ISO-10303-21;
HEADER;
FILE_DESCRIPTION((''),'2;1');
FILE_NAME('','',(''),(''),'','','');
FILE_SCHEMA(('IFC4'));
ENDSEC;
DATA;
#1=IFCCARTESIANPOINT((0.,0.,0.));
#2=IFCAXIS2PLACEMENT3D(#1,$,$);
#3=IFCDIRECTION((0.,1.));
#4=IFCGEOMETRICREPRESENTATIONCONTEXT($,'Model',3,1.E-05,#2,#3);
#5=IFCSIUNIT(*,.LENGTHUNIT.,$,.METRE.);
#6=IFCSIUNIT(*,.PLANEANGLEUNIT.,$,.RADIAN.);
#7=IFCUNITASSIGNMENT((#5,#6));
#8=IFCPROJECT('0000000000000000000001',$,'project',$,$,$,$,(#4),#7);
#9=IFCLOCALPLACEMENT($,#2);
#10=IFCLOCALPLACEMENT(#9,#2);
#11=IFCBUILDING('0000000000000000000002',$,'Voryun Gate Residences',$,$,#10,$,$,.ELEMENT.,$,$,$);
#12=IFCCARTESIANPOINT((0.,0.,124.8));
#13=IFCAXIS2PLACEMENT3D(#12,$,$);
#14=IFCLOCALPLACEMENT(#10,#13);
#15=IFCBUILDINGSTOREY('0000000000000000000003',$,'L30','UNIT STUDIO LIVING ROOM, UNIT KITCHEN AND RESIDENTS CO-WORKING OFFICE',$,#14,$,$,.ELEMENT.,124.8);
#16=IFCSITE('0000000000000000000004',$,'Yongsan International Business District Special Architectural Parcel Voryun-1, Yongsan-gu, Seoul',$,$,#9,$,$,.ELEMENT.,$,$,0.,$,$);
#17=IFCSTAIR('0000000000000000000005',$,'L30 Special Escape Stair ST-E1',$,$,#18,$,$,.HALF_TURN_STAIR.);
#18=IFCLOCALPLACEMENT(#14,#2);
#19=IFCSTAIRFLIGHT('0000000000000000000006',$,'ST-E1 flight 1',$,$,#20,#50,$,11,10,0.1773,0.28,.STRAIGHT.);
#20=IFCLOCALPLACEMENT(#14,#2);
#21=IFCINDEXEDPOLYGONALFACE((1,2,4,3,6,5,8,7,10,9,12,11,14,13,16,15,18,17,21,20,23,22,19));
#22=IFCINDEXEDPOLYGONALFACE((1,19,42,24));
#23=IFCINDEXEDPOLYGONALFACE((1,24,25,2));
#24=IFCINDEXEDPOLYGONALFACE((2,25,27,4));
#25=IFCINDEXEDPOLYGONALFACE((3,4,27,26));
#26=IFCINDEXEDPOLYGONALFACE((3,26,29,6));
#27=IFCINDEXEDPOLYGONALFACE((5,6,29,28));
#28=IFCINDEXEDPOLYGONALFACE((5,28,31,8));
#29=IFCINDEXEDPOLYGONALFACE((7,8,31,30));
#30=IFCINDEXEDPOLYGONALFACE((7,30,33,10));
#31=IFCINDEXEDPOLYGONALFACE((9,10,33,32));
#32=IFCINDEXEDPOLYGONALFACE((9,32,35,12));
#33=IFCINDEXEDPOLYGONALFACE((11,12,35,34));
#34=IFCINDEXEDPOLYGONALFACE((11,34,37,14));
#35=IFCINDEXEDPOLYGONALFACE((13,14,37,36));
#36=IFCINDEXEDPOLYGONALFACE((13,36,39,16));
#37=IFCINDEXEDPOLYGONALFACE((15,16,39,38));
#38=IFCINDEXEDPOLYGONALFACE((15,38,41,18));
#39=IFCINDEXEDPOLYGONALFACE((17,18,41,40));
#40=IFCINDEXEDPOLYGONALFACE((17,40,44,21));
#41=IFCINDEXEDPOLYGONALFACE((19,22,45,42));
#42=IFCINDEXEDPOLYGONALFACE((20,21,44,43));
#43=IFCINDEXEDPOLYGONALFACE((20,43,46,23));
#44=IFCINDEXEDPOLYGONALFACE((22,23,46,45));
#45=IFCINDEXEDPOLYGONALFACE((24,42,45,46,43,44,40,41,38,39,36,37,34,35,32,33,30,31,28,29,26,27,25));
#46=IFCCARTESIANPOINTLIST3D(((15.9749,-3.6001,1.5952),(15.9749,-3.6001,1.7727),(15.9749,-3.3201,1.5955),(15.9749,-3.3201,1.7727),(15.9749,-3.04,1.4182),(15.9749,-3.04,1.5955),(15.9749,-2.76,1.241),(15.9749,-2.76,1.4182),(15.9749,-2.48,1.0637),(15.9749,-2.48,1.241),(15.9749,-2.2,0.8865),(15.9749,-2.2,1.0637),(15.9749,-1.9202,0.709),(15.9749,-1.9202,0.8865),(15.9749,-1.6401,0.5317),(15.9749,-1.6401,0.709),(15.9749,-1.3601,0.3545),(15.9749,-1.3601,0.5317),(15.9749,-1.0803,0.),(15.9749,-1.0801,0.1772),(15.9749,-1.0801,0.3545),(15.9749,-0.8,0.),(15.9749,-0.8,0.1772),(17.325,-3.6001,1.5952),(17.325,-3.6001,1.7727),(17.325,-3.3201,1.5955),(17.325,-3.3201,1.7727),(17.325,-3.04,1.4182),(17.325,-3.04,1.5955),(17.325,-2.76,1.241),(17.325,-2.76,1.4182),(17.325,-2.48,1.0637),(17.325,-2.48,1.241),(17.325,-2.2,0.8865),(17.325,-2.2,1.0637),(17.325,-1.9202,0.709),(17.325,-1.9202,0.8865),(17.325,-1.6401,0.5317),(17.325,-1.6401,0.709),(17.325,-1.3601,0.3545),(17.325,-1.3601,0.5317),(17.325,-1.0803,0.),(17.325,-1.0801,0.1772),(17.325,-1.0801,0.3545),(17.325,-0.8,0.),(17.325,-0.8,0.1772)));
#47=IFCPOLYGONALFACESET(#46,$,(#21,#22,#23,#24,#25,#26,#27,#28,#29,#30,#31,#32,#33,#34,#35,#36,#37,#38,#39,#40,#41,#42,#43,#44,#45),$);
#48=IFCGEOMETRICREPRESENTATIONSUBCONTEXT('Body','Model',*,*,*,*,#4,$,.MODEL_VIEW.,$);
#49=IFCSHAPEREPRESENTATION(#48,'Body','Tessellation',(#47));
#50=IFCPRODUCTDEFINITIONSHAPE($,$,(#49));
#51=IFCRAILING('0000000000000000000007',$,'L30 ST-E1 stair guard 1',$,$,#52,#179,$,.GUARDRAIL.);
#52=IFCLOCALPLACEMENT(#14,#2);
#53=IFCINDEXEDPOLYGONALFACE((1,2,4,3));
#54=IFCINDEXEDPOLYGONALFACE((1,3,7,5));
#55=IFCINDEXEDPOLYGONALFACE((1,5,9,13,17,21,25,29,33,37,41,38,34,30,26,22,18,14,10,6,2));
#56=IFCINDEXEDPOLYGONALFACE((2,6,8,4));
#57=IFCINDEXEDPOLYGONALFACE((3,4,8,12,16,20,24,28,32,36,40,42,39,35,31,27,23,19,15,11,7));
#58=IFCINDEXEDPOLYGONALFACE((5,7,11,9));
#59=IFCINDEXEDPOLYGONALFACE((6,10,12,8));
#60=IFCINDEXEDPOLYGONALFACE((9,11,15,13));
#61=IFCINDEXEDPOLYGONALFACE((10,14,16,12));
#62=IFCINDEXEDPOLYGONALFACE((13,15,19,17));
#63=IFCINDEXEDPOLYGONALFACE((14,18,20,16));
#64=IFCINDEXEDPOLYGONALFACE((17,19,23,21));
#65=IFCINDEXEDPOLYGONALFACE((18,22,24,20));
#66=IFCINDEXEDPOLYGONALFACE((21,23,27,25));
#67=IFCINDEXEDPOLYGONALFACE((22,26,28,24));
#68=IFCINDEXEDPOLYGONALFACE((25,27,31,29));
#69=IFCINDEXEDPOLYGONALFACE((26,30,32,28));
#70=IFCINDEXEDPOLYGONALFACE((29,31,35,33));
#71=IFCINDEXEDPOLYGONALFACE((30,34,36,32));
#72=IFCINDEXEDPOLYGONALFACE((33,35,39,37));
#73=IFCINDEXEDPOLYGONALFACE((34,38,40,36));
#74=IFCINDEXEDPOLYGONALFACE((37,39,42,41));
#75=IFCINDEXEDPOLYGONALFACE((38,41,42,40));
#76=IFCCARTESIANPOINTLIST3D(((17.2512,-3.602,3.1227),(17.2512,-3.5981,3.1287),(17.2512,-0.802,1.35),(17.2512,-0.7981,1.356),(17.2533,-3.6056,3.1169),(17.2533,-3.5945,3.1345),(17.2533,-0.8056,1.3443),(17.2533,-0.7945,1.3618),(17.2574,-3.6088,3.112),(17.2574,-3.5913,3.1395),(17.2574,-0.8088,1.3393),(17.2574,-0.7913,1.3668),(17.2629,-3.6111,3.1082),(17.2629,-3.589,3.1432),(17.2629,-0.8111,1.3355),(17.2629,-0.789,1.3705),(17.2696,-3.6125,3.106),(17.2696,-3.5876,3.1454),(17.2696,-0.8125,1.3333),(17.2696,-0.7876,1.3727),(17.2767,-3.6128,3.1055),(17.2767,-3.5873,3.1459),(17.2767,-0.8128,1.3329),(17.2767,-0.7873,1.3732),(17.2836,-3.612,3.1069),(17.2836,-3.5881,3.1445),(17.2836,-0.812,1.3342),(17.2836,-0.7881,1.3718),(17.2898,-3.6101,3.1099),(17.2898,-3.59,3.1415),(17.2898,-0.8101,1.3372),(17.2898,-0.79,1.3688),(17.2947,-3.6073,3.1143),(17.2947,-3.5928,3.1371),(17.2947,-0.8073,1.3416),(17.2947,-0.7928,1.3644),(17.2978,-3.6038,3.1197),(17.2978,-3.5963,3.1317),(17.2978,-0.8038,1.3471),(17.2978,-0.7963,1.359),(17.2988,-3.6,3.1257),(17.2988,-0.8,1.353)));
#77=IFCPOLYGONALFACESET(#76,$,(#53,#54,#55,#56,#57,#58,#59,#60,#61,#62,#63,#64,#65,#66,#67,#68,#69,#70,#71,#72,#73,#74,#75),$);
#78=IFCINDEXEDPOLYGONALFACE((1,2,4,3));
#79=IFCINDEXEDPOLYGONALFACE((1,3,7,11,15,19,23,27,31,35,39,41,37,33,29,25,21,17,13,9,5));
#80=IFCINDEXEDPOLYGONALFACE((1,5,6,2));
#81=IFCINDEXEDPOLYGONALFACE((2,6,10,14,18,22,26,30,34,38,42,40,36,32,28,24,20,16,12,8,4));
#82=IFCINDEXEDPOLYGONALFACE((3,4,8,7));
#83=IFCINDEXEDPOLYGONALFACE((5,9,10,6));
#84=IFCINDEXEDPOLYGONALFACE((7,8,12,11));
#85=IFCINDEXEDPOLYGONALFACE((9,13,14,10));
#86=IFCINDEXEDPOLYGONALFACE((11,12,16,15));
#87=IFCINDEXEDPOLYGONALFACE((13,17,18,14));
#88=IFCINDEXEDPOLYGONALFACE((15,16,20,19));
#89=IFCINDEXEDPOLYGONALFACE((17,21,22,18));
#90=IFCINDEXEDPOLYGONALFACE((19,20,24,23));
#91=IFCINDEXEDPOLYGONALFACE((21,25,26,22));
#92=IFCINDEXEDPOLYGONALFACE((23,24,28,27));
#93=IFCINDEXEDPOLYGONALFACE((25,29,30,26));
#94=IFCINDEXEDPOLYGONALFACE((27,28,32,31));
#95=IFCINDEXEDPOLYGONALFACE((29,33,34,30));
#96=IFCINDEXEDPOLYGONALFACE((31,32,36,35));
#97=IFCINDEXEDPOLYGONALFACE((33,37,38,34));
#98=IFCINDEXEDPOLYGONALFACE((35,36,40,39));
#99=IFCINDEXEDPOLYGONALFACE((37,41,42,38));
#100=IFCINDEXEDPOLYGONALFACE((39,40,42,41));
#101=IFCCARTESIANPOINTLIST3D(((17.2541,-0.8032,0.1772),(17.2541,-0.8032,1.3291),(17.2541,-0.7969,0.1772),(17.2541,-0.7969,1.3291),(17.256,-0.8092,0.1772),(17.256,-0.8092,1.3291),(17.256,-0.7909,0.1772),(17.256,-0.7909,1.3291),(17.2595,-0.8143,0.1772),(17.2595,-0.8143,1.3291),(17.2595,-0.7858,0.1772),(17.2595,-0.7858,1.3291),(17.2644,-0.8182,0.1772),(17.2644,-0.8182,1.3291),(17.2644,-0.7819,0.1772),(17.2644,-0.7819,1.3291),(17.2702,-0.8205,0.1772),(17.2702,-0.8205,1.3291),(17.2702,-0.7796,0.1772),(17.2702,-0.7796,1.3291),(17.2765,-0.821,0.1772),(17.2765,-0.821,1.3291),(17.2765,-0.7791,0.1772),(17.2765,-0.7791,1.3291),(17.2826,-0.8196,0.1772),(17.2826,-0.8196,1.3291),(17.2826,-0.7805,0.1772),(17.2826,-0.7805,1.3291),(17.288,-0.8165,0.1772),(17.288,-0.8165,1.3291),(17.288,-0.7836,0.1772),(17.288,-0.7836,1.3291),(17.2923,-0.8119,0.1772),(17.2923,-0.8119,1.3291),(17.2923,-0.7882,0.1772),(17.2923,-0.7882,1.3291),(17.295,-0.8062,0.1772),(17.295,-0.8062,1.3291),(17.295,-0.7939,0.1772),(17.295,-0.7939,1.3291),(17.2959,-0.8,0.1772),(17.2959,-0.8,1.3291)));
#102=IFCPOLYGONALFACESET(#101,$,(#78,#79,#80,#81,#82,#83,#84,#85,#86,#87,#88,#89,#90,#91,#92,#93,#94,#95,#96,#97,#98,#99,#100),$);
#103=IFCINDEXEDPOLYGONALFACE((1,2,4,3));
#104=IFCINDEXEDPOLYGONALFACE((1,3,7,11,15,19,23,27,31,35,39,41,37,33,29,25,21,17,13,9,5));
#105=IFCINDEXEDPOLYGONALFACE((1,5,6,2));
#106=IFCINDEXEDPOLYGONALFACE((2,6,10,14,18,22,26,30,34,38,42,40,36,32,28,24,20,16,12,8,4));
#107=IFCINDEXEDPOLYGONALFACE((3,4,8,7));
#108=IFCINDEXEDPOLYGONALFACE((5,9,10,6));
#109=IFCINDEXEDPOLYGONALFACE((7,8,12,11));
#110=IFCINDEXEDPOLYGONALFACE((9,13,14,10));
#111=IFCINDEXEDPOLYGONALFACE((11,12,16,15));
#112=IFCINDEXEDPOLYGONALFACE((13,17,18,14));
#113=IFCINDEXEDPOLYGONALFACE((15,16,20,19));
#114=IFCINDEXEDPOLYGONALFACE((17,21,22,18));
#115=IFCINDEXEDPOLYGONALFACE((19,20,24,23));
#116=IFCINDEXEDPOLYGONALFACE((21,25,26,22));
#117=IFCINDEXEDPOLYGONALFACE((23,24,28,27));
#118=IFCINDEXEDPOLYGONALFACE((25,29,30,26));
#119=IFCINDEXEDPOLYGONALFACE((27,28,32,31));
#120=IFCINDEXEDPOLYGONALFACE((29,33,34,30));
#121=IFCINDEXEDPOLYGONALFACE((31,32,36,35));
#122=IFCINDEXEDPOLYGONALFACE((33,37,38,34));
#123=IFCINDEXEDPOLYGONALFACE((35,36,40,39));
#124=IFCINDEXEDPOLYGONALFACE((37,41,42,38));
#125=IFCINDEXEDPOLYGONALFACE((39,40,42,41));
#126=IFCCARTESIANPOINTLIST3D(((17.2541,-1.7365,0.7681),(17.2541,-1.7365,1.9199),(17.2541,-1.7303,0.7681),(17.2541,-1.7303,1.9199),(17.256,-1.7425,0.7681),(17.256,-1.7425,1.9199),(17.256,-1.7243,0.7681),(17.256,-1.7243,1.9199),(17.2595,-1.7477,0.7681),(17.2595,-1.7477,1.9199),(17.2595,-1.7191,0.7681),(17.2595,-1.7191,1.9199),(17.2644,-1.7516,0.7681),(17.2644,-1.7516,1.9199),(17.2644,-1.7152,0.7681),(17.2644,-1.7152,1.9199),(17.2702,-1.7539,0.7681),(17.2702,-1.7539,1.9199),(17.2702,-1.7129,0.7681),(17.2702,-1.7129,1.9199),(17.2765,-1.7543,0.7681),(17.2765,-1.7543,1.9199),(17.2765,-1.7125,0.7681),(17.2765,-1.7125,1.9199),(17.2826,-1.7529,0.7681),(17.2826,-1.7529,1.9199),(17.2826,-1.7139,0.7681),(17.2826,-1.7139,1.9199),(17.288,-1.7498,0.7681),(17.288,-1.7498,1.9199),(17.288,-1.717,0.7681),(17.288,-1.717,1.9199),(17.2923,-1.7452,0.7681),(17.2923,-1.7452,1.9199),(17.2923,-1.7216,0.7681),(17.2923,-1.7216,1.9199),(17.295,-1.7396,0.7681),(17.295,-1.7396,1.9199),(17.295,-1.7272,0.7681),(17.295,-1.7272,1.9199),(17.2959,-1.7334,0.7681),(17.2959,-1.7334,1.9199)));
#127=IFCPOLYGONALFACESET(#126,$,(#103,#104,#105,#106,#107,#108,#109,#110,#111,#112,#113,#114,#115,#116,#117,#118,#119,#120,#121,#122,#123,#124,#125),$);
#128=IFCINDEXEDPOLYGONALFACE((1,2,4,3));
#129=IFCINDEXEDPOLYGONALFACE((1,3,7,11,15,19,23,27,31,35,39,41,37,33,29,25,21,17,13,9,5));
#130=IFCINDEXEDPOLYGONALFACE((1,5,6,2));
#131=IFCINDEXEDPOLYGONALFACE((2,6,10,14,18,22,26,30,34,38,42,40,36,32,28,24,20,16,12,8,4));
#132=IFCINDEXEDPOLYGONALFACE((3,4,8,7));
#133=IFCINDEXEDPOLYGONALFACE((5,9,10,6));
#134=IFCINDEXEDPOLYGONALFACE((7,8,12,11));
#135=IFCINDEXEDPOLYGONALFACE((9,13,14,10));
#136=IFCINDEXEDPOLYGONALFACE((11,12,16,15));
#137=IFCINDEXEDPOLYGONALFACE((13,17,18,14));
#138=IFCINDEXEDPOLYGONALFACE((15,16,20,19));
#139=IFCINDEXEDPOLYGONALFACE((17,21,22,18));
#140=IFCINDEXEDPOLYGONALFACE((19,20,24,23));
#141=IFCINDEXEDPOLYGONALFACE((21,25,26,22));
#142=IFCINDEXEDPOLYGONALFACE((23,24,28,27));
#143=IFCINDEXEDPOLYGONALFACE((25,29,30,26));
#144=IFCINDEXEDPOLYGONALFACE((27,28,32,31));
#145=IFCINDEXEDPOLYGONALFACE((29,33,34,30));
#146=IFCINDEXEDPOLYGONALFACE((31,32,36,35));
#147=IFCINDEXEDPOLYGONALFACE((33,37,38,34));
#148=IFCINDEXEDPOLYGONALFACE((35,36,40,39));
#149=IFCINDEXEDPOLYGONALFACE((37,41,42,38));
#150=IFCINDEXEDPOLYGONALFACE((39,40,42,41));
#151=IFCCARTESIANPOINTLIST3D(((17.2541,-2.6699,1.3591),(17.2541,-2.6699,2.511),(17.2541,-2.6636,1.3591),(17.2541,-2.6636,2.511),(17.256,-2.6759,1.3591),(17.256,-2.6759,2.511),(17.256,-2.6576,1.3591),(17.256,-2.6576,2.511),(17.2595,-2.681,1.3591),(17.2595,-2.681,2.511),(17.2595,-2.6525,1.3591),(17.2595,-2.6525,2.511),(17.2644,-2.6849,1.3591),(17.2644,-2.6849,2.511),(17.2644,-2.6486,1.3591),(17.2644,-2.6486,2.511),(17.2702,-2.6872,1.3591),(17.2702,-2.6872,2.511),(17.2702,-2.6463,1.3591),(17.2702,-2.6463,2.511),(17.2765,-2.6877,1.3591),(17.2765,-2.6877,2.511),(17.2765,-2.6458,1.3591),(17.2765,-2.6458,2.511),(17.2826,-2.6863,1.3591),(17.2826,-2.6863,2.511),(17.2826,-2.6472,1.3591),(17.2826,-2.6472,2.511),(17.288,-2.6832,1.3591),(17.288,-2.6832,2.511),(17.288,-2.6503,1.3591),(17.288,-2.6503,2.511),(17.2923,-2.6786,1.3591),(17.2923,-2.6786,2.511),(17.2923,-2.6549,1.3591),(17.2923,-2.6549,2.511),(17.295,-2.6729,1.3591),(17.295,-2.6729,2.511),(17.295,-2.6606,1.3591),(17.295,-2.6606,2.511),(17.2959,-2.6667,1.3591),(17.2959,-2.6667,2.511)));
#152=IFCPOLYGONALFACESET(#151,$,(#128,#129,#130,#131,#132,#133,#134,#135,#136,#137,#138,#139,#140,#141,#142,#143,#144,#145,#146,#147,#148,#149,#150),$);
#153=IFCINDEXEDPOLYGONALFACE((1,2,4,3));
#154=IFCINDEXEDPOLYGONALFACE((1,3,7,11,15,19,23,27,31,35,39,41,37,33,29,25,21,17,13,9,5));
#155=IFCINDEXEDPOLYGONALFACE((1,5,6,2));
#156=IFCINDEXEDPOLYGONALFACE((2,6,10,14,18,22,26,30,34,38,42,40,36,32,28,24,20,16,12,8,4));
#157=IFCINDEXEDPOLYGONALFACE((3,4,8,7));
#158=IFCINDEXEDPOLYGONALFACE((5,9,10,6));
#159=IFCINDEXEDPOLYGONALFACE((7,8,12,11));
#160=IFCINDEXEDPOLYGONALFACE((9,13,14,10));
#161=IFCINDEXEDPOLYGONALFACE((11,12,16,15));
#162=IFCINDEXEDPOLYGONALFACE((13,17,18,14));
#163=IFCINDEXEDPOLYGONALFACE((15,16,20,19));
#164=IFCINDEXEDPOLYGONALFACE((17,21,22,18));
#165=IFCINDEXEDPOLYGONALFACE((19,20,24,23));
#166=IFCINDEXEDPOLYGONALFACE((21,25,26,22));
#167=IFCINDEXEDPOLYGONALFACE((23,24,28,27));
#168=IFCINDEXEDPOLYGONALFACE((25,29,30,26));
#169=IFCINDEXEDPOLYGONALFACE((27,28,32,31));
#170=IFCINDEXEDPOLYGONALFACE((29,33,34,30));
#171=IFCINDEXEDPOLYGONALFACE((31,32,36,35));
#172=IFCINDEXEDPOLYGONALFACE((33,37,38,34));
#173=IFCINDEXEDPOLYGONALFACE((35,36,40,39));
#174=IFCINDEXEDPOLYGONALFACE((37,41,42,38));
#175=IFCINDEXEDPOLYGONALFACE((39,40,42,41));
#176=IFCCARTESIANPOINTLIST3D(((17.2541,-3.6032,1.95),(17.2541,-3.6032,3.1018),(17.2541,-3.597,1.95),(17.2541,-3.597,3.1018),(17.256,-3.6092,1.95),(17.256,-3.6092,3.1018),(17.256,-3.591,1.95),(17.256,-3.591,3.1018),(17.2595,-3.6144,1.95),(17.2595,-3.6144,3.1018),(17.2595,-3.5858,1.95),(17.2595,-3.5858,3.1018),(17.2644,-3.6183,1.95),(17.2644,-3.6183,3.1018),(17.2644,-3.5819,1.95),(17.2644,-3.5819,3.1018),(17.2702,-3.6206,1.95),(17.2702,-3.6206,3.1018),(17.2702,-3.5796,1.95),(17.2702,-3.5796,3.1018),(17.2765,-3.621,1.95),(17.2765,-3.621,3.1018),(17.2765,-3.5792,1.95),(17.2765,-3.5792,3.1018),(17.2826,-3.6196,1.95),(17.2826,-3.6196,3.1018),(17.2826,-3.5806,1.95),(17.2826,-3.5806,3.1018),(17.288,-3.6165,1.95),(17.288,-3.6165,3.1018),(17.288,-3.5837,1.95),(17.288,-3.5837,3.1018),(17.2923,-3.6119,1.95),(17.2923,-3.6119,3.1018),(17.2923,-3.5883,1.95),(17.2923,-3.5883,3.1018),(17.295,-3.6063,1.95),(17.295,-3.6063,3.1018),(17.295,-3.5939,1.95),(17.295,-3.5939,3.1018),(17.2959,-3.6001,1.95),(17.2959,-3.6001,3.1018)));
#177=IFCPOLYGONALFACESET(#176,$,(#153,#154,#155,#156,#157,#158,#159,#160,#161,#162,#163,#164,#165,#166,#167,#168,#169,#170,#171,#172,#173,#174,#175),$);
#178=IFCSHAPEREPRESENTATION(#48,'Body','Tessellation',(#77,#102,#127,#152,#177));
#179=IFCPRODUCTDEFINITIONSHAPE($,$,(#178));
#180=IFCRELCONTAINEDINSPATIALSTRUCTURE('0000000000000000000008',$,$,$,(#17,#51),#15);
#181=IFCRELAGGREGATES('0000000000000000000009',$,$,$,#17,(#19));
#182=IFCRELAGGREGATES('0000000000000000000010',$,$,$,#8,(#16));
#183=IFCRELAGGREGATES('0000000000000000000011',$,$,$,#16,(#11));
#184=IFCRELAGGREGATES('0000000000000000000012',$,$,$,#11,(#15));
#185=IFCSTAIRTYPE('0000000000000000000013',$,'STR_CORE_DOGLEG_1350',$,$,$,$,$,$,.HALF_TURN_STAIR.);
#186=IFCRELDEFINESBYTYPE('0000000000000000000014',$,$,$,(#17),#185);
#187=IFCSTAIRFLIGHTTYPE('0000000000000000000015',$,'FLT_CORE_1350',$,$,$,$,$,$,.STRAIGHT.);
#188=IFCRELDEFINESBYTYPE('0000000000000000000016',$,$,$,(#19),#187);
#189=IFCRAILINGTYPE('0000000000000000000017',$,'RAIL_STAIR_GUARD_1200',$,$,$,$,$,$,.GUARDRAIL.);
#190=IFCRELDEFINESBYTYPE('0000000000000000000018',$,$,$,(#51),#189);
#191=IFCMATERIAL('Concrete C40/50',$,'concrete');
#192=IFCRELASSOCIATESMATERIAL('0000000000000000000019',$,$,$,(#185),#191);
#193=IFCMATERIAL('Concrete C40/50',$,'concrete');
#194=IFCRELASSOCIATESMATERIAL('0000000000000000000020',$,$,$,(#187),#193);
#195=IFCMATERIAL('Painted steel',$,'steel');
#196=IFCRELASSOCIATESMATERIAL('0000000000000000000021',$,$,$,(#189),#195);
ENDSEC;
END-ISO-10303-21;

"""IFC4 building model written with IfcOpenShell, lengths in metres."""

from ifc_helpers import new_model, si_unit, direction, frame, origin, origin_2d, place, context, subcontext, project, spatial, polyline, circle, outline, extrude, material, type_object, element, aggregate, save


model = new_model("IFC4")

# Units and contexts
model_context = context("Model", 3, precision=1e-05, world=origin(), true_north=direction((0.0, 1.0)))
body_context = subcontext(model_context, "Body", "Model", "MODEL_VIEW")
ifc_project = project(units=[si_unit("LENGTHUNIT", "METRE"), si_unit("PLANEANGLEUNIT", "RADIAN")], contexts=[model_context])

# Site, building, storey
site_placement = place(None, origin())
site = spatial("IfcSite", under=ifc_project, at=site_placement, Name="Yongsan International Business District Special Architectural Parcel Voryun-1, Yongsan-gu, Seoul", CompositionType="ELEMENT", RefElevation=0.0)
building_placement = place(site_placement, origin())
building = spatial("IfcBuilding", under=site, at=building_placement, Name="Voryun Gate Residences", CompositionType="ELEMENT")
storey_placement = place(building_placement, frame((0.0, 0.0, 124.8)))
storey = spatial("IfcBuildingStorey", under=building, at=storey_placement, Name="L30", Description="UNIT STUDIO LIVING ROOM, UNIT KITCHEN AND RESIDENTS CO-WORKING OFFICE", CompositionType="ELEMENT", Elevation=124.8)

# Stair, stair flight
ifc_material_1 = material(Name="Concrete C40/50", Category="concrete")
stair_type = type_object("IfcStairType", Name="STR_CORE_DOGLEG_1350", PredefinedType="HALF_TURN_STAIR", material=ifc_material_1)
stair_placement = place(storey_placement, origin())
stair = element("IfcStair", 1, at=stair_placement, inside=storey, type_object=stair_type, Name="L30 Special Escape Stair ST-E1", PredefinedType="HALF_TURN_STAIR")
ifc_material_2 = material(Name="Concrete C40/50", Category="concrete")
stair_flight_type = type_object("IfcStairFlightType", Name="FLT_CORE_1350", PredefinedType="STRAIGHT", material=ifc_material_2)
stair_flight_placement = place(storey_placement, frame((16.6499, -0.8, 0.0), z_axis=(0.0, 0.0, 1.0), x_axis=(0.0, -1.0, 0.0)))
stair_flight = element("IfcStairFlight", 2, at=stair_flight_placement, type_object=stair_flight_type, Name="ST-E1 flight 1", NumberOfRisers=11, NumberOfTreads=10, PredefinedType="STRAIGHT", RiserHeight=0.1773, TreadLength=0.28, context=body_context, shape_type="SweptSolid", body=[
    extrude(outline(polyline([(0.0, 0.0), (0.0, 0.1772), (0.28, 0.1772), (0.28, 0.3545), (0.5601, 0.3545), (0.5601, 0.5317), (0.8401, 0.5317), (0.8401, 0.709), (1.1201, 0.709), (1.1201, 0.8865), (1.3999, 0.8865), (1.3999, 1.0637), (1.6799, 1.0637), (1.6799, 1.241), (1.96, 1.241), (1.96, 1.4182), (2.24, 1.4182), (2.24, 1.5955), (2.52, 1.5955), (2.52, 1.7727), (2.8, 1.7727), (2.8, 1.95), (2.8, 1.5952), (0.2803, 0.0), (0.0, 0.0)])), frame((0.0, 0.675, 0.0), z_axis=(0.0, -1.0, 0.0), x_axis=(1.0, 0.0, 0.0)), (0.0, 0.0, 1.0), 1.3501),
])
aggregate(stair, [stair_flight])

# Railing
ifc_material_3 = material(Name="Painted steel", Category="steel")
railing_type_1 = type_object("IfcRailingType", Name="RAIL_STAIR_GUARD_1200", PredefinedType="GUARDRAIL", material=ifc_material_3)
railing_1_placement = place(storey_placement, frame((17.2749, -0.8, 0.1772)))
element("IfcRailing", 3, at=railing_1_placement, inside=storey, type_object=railing_type_1, Name="L30 ST-E1 stair guard 1", PredefinedType="GUARDRAIL", context=body_context, shape_type="SweptSolid", body=[
    extrude(circle(Radius=0.0239, at=origin_2d()), frame((0.0, 0.0, 1.1758), z_axis=(0.0, -0.844909, 0.53491), x_axis=(1.0, 0.0, 0.0)), (0.0, 0.0, 1.0), 3.314),
    extrude(circle(Radius=0.021, at=origin_2d()), origin(), (0.0, 0.0, 1.0), 1.1519),
    extrude(circle(Radius=0.021, at=origin_2d()), frame((0.0, -0.9333, 0.5908)), (0.0, 0.0, 1.0), 1.1519),
    extrude(circle(Radius=0.021, at=origin_2d()), frame((0.0, -1.8667, 1.1819)), (0.0, 0.0, 1.0), 1.1519),
    extrude(circle(Radius=0.021, at=origin_2d()), frame((0.0, -2.8, 1.7727)), (0.0, 0.0, 1.0), 1.1519),
])

save(model, "model.ifc")
